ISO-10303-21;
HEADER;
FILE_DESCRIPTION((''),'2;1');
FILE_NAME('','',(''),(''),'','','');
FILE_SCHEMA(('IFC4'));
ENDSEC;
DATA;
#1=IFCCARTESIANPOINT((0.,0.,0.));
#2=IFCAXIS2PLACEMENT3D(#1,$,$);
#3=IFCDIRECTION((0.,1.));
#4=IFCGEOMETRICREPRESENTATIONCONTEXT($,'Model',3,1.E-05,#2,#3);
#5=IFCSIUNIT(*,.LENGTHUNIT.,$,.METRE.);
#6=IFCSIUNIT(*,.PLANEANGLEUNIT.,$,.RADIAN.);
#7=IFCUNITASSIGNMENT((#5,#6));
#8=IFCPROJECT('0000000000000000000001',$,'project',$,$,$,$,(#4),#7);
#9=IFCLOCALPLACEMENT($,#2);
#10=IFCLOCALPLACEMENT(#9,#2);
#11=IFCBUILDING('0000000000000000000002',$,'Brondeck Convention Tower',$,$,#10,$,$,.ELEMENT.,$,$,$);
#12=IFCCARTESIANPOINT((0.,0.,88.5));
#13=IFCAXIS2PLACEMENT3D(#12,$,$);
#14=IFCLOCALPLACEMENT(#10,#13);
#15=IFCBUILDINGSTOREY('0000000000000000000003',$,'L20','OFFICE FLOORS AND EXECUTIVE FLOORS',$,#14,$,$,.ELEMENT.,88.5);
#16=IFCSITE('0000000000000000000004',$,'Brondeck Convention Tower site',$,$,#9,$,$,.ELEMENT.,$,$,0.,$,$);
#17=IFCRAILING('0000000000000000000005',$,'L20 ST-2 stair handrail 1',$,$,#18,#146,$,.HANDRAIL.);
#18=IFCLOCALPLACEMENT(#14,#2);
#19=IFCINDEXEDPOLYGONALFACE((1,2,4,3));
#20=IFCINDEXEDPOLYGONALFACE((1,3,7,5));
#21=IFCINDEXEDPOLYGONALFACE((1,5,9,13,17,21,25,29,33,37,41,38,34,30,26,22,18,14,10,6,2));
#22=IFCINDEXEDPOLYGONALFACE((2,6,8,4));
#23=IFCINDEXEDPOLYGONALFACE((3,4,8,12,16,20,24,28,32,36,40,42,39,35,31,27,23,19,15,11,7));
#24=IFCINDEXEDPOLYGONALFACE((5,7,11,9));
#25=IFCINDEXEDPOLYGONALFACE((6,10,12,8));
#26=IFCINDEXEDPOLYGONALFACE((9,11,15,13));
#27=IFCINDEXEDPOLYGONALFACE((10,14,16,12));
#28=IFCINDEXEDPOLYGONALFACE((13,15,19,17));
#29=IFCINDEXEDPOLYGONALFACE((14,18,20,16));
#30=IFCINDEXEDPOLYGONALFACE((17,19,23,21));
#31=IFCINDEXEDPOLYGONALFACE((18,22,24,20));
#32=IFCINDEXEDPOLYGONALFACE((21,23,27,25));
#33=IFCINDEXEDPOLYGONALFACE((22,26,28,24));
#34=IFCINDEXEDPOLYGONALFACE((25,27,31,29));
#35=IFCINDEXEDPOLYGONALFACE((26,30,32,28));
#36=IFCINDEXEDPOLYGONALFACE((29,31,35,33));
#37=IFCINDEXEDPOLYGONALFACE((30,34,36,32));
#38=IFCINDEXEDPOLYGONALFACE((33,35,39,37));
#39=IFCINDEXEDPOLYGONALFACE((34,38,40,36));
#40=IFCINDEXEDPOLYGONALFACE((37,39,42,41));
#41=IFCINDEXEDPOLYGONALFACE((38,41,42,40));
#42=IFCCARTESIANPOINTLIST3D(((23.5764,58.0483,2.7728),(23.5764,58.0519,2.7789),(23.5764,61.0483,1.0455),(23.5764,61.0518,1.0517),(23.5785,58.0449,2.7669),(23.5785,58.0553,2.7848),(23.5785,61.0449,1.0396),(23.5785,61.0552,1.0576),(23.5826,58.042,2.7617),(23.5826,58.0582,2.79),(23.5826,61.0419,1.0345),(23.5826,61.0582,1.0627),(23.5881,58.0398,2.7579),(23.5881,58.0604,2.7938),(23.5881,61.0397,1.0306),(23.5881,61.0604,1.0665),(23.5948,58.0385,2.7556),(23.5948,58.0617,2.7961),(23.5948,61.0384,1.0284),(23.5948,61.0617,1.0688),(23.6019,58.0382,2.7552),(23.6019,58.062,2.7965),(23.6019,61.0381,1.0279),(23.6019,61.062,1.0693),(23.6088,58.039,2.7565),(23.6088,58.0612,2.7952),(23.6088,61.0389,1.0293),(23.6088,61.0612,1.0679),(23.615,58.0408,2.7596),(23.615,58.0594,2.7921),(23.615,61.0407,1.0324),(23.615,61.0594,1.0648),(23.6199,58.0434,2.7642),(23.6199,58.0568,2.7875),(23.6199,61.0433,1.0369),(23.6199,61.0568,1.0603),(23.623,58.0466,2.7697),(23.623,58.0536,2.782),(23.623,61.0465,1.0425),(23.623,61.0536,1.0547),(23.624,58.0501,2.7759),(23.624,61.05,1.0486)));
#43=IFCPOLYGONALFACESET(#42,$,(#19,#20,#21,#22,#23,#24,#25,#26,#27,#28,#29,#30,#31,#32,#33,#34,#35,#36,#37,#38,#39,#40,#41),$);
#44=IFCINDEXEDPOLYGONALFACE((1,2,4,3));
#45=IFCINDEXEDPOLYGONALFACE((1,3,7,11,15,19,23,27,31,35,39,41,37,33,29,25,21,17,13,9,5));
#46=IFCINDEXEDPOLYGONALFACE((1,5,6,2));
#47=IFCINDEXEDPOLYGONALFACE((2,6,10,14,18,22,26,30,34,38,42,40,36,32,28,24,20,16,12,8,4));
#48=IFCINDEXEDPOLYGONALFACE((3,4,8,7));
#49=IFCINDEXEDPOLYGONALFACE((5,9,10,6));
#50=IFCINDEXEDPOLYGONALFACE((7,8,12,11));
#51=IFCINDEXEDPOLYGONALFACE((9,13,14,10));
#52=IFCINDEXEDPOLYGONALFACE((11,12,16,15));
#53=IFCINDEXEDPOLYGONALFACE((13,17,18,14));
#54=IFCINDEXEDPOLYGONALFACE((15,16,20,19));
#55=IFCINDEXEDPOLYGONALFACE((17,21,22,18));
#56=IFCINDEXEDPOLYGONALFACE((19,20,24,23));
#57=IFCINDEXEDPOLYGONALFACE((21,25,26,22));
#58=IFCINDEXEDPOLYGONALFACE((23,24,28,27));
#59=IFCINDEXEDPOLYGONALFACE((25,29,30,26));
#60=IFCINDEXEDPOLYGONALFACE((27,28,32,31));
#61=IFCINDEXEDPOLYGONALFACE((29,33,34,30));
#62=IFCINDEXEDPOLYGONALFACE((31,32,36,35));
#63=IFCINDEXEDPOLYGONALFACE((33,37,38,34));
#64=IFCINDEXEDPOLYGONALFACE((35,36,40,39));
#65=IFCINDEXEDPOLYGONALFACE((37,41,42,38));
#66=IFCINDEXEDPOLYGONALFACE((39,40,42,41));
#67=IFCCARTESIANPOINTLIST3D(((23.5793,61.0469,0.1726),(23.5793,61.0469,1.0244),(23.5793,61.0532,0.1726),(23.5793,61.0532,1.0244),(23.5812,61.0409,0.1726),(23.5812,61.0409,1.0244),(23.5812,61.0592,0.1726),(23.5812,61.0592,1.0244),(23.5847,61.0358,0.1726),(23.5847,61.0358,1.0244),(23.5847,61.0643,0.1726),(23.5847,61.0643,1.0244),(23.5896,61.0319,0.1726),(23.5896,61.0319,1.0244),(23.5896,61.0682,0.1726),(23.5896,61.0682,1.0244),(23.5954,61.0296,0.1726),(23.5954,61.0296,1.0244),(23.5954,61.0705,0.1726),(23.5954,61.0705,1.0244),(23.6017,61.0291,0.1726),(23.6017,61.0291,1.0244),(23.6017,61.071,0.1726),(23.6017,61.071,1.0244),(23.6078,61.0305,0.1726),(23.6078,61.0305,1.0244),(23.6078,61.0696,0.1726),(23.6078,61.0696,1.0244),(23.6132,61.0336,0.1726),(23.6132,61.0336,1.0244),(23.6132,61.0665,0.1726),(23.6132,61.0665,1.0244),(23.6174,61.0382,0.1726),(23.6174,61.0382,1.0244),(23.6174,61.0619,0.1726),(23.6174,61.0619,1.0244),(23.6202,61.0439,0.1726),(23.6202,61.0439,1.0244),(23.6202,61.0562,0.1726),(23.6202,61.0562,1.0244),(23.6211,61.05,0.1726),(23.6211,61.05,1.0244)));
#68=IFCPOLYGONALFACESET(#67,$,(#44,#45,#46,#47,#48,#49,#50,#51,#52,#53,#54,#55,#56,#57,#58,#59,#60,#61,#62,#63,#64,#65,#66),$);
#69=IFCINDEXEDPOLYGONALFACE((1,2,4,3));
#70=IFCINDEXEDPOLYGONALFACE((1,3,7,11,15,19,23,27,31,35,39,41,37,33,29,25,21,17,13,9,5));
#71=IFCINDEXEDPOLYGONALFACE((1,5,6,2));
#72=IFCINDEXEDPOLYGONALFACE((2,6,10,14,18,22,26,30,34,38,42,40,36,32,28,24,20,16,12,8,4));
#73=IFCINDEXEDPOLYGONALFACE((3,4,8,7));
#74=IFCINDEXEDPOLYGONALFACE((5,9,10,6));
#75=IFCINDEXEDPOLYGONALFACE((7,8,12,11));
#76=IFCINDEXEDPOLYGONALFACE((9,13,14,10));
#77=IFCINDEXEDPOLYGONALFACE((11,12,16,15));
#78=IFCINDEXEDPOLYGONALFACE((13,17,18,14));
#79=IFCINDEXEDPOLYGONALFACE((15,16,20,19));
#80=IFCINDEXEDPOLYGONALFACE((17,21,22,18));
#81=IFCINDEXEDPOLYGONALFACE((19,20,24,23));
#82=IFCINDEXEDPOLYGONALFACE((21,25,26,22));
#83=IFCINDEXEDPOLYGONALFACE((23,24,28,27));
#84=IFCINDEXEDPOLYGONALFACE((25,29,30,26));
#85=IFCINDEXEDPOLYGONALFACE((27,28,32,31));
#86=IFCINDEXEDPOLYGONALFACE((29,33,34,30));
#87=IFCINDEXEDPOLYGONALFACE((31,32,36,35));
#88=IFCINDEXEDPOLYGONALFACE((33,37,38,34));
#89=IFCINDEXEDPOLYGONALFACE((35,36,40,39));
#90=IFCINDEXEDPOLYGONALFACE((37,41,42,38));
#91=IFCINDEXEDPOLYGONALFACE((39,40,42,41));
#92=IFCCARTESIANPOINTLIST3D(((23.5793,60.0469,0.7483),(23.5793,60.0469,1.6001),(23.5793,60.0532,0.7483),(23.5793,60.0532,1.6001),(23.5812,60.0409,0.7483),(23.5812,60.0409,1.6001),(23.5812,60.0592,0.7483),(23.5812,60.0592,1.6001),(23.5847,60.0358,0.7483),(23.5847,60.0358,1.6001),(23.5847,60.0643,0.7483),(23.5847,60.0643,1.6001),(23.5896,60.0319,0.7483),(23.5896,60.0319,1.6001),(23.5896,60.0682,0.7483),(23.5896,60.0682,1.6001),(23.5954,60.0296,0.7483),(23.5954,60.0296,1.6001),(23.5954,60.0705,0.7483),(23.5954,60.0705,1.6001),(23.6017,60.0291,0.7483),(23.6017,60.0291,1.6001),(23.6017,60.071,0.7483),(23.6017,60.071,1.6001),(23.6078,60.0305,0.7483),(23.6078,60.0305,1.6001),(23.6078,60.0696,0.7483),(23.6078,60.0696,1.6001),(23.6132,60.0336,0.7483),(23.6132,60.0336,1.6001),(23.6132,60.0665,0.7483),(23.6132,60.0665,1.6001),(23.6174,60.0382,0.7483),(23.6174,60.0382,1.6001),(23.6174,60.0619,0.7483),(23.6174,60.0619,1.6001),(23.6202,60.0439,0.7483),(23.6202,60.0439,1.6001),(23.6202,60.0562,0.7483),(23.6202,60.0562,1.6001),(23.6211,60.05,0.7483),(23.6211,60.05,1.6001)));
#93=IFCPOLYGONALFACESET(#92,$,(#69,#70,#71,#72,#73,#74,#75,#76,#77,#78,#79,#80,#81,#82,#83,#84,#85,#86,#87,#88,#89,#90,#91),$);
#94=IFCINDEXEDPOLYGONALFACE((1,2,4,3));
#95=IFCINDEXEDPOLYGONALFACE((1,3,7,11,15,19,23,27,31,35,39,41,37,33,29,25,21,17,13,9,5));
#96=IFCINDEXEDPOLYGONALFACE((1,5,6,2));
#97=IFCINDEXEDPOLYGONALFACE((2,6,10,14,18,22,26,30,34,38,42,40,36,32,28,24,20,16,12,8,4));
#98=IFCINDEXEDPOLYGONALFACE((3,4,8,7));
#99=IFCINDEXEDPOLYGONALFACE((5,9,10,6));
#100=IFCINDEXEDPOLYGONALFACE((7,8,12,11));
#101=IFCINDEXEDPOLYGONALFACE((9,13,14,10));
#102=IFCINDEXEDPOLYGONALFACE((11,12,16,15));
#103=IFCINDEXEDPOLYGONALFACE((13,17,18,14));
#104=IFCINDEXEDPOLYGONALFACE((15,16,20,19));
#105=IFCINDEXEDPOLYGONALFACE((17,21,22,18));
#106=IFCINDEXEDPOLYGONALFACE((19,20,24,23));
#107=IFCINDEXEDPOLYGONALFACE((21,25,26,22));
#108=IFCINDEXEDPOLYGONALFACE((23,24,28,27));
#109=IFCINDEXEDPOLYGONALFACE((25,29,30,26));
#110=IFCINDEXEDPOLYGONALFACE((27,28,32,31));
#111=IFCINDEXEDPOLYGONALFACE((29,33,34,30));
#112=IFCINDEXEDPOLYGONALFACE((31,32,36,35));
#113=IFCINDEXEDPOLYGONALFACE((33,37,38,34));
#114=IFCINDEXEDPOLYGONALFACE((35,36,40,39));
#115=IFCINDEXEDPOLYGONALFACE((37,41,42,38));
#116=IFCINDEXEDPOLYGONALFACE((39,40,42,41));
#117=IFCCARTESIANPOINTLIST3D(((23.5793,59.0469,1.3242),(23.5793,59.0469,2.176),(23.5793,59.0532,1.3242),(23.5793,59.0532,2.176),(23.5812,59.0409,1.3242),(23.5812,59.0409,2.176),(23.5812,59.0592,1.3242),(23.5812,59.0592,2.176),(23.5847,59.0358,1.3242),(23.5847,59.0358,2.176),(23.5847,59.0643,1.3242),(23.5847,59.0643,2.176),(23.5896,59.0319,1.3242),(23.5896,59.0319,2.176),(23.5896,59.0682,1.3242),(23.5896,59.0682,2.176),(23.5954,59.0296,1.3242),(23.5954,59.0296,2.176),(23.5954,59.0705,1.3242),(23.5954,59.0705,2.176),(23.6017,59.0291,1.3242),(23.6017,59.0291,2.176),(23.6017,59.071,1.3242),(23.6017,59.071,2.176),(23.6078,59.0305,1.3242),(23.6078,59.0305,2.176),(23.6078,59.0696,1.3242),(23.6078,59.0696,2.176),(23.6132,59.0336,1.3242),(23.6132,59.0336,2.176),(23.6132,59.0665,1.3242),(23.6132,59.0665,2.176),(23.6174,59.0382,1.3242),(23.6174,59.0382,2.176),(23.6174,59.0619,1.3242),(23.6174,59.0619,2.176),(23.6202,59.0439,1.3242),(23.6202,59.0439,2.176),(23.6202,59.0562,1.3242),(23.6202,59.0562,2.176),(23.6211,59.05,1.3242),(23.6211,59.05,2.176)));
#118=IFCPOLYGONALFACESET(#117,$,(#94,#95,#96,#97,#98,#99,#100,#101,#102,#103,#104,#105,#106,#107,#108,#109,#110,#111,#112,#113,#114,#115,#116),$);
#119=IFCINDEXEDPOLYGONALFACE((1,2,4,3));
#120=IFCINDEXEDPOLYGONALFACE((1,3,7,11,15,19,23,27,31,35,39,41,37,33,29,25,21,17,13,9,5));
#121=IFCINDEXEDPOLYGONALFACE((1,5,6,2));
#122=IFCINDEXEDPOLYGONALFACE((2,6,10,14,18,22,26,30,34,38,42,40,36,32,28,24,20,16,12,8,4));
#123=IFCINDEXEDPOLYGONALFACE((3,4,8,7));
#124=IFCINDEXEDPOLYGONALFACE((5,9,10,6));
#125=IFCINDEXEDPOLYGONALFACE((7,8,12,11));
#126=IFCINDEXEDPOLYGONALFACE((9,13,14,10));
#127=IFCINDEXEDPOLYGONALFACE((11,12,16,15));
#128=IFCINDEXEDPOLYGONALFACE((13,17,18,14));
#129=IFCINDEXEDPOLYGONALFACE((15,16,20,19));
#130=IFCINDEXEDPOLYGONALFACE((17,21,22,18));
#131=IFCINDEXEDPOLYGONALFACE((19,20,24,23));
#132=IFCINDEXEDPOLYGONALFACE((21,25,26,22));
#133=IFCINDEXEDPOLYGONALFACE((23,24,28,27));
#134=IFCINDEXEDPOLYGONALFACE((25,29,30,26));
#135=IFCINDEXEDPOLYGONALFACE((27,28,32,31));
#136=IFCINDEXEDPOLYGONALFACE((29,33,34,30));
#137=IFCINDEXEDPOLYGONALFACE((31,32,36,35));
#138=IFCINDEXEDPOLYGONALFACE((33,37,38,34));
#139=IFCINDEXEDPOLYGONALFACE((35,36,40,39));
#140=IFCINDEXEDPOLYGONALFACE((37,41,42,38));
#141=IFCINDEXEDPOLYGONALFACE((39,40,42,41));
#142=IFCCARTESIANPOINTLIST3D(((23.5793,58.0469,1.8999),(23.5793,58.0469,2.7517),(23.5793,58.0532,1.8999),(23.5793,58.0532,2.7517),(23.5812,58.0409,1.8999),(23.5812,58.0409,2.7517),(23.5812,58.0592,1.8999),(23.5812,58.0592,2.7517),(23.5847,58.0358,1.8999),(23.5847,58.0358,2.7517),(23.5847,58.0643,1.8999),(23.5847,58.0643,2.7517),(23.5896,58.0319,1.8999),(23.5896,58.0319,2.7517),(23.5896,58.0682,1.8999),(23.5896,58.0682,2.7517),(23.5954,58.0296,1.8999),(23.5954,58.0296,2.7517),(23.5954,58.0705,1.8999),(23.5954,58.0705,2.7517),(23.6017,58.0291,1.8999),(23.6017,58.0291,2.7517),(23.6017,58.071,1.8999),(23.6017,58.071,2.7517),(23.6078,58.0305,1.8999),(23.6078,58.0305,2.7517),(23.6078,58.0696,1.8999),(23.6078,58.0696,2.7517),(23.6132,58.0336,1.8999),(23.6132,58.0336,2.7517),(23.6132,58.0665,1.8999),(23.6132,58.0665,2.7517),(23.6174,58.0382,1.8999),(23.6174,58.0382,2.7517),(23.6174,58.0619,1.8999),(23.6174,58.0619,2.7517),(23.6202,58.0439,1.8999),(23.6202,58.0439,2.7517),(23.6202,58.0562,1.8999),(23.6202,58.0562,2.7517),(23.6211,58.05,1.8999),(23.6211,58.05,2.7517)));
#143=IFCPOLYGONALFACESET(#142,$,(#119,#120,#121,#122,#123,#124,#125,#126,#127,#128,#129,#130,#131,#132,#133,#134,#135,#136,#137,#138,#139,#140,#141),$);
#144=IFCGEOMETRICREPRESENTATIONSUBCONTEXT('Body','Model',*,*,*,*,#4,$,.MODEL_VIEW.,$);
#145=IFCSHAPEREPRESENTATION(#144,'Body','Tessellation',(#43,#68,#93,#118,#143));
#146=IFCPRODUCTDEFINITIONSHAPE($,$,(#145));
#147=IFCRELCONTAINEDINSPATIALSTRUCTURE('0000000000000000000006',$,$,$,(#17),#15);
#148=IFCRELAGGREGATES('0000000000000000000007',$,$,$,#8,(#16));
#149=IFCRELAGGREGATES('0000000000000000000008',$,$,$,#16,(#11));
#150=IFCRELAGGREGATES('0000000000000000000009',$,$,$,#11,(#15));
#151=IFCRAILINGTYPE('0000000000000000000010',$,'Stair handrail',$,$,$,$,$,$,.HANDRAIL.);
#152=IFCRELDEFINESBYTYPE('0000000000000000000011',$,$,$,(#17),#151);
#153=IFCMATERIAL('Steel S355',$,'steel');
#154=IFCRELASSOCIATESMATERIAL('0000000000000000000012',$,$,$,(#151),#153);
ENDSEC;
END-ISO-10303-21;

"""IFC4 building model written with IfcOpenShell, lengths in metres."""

from ifc_helpers import new_model, si_unit, direction, frame, origin, origin_2d, place, context, subcontext, project, spatial, circle, extrude, material, type_object, element, save


model = new_model("IFC4")

# Units and contexts
model_context = context("Model", 3, precision=1e-05, world=origin(), true_north=direction((0.0, 1.0)))
body_context = subcontext(model_context, "Body", "Model", "MODEL_VIEW")
ifc_project = project(units=[si_unit("LENGTHUNIT", "METRE"), si_unit("PLANEANGLEUNIT", "RADIAN")], contexts=[model_context])

# Site, building, storey
site_placement = place(None, origin())
site = spatial("IfcSite", under=ifc_project, at=site_placement, Name="Brondeck Convention Tower site", CompositionType="ELEMENT", RefElevation=0.0)
building_placement = place(site_placement, origin())
building = spatial("IfcBuilding", under=site, at=building_placement, Name="Brondeck Convention Tower", CompositionType="ELEMENT")
storey_placement = place(building_placement, frame((0.0, 0.0, 88.5)))
storey = spatial("IfcBuildingStorey", under=building, at=storey_placement, Name="L20", Description="OFFICE FLOORS AND EXECUTIVE FLOORS", CompositionType="ELEMENT", Elevation=88.5)

# Shared definitions
ifc_material_1 = material(Name="Steel S355", Category="steel")

# Railing
railing_type_1 = type_object("IfcRailingType", Name="Stair handrail", PredefinedType="HANDRAIL", material=ifc_material_1)
railing_1_placement = place(storey_placement, frame((23.6001, 61.05, 0.1726)))
element("IfcRailing", 1, at=railing_1_placement, inside=storey, type_object=railing_type_1, Name="L20 ST-2 stair handrail 1", PredefinedType="HANDRAIL", context=body_context, shape_type="SweptSolid", body=[
    extrude(circle(Radius=0.0239, at=origin_2d()), frame((0.0, 0.0, 0.876), z_axis=(0.0, -0.86662, 0.498969), x_axis=(1.0, 0.0, 0.0)), (0.0, 0.0, 1.0), 3.4617),
    extrude(circle(Radius=0.021, at=origin_2d()), origin(), (0.0, 0.0, 1.0), 0.8518),
    extrude(circle(Radius=0.021, at=origin_2d()), frame((0.0, -1.0, 0.5757)), (0.0, 0.0, 1.0), 0.8518),
    extrude(circle(Radius=0.021, at=origin_2d()), frame((0.0, -2.0, 1.1516)), (0.0, 0.0, 1.0), 0.8518),
    extrude(circle(Radius=0.021, at=origin_2d()), frame((0.0, -3.0, 1.7273)), (0.0, 0.0, 1.0), 0.8518),
])

save(model, "model.ifc")
